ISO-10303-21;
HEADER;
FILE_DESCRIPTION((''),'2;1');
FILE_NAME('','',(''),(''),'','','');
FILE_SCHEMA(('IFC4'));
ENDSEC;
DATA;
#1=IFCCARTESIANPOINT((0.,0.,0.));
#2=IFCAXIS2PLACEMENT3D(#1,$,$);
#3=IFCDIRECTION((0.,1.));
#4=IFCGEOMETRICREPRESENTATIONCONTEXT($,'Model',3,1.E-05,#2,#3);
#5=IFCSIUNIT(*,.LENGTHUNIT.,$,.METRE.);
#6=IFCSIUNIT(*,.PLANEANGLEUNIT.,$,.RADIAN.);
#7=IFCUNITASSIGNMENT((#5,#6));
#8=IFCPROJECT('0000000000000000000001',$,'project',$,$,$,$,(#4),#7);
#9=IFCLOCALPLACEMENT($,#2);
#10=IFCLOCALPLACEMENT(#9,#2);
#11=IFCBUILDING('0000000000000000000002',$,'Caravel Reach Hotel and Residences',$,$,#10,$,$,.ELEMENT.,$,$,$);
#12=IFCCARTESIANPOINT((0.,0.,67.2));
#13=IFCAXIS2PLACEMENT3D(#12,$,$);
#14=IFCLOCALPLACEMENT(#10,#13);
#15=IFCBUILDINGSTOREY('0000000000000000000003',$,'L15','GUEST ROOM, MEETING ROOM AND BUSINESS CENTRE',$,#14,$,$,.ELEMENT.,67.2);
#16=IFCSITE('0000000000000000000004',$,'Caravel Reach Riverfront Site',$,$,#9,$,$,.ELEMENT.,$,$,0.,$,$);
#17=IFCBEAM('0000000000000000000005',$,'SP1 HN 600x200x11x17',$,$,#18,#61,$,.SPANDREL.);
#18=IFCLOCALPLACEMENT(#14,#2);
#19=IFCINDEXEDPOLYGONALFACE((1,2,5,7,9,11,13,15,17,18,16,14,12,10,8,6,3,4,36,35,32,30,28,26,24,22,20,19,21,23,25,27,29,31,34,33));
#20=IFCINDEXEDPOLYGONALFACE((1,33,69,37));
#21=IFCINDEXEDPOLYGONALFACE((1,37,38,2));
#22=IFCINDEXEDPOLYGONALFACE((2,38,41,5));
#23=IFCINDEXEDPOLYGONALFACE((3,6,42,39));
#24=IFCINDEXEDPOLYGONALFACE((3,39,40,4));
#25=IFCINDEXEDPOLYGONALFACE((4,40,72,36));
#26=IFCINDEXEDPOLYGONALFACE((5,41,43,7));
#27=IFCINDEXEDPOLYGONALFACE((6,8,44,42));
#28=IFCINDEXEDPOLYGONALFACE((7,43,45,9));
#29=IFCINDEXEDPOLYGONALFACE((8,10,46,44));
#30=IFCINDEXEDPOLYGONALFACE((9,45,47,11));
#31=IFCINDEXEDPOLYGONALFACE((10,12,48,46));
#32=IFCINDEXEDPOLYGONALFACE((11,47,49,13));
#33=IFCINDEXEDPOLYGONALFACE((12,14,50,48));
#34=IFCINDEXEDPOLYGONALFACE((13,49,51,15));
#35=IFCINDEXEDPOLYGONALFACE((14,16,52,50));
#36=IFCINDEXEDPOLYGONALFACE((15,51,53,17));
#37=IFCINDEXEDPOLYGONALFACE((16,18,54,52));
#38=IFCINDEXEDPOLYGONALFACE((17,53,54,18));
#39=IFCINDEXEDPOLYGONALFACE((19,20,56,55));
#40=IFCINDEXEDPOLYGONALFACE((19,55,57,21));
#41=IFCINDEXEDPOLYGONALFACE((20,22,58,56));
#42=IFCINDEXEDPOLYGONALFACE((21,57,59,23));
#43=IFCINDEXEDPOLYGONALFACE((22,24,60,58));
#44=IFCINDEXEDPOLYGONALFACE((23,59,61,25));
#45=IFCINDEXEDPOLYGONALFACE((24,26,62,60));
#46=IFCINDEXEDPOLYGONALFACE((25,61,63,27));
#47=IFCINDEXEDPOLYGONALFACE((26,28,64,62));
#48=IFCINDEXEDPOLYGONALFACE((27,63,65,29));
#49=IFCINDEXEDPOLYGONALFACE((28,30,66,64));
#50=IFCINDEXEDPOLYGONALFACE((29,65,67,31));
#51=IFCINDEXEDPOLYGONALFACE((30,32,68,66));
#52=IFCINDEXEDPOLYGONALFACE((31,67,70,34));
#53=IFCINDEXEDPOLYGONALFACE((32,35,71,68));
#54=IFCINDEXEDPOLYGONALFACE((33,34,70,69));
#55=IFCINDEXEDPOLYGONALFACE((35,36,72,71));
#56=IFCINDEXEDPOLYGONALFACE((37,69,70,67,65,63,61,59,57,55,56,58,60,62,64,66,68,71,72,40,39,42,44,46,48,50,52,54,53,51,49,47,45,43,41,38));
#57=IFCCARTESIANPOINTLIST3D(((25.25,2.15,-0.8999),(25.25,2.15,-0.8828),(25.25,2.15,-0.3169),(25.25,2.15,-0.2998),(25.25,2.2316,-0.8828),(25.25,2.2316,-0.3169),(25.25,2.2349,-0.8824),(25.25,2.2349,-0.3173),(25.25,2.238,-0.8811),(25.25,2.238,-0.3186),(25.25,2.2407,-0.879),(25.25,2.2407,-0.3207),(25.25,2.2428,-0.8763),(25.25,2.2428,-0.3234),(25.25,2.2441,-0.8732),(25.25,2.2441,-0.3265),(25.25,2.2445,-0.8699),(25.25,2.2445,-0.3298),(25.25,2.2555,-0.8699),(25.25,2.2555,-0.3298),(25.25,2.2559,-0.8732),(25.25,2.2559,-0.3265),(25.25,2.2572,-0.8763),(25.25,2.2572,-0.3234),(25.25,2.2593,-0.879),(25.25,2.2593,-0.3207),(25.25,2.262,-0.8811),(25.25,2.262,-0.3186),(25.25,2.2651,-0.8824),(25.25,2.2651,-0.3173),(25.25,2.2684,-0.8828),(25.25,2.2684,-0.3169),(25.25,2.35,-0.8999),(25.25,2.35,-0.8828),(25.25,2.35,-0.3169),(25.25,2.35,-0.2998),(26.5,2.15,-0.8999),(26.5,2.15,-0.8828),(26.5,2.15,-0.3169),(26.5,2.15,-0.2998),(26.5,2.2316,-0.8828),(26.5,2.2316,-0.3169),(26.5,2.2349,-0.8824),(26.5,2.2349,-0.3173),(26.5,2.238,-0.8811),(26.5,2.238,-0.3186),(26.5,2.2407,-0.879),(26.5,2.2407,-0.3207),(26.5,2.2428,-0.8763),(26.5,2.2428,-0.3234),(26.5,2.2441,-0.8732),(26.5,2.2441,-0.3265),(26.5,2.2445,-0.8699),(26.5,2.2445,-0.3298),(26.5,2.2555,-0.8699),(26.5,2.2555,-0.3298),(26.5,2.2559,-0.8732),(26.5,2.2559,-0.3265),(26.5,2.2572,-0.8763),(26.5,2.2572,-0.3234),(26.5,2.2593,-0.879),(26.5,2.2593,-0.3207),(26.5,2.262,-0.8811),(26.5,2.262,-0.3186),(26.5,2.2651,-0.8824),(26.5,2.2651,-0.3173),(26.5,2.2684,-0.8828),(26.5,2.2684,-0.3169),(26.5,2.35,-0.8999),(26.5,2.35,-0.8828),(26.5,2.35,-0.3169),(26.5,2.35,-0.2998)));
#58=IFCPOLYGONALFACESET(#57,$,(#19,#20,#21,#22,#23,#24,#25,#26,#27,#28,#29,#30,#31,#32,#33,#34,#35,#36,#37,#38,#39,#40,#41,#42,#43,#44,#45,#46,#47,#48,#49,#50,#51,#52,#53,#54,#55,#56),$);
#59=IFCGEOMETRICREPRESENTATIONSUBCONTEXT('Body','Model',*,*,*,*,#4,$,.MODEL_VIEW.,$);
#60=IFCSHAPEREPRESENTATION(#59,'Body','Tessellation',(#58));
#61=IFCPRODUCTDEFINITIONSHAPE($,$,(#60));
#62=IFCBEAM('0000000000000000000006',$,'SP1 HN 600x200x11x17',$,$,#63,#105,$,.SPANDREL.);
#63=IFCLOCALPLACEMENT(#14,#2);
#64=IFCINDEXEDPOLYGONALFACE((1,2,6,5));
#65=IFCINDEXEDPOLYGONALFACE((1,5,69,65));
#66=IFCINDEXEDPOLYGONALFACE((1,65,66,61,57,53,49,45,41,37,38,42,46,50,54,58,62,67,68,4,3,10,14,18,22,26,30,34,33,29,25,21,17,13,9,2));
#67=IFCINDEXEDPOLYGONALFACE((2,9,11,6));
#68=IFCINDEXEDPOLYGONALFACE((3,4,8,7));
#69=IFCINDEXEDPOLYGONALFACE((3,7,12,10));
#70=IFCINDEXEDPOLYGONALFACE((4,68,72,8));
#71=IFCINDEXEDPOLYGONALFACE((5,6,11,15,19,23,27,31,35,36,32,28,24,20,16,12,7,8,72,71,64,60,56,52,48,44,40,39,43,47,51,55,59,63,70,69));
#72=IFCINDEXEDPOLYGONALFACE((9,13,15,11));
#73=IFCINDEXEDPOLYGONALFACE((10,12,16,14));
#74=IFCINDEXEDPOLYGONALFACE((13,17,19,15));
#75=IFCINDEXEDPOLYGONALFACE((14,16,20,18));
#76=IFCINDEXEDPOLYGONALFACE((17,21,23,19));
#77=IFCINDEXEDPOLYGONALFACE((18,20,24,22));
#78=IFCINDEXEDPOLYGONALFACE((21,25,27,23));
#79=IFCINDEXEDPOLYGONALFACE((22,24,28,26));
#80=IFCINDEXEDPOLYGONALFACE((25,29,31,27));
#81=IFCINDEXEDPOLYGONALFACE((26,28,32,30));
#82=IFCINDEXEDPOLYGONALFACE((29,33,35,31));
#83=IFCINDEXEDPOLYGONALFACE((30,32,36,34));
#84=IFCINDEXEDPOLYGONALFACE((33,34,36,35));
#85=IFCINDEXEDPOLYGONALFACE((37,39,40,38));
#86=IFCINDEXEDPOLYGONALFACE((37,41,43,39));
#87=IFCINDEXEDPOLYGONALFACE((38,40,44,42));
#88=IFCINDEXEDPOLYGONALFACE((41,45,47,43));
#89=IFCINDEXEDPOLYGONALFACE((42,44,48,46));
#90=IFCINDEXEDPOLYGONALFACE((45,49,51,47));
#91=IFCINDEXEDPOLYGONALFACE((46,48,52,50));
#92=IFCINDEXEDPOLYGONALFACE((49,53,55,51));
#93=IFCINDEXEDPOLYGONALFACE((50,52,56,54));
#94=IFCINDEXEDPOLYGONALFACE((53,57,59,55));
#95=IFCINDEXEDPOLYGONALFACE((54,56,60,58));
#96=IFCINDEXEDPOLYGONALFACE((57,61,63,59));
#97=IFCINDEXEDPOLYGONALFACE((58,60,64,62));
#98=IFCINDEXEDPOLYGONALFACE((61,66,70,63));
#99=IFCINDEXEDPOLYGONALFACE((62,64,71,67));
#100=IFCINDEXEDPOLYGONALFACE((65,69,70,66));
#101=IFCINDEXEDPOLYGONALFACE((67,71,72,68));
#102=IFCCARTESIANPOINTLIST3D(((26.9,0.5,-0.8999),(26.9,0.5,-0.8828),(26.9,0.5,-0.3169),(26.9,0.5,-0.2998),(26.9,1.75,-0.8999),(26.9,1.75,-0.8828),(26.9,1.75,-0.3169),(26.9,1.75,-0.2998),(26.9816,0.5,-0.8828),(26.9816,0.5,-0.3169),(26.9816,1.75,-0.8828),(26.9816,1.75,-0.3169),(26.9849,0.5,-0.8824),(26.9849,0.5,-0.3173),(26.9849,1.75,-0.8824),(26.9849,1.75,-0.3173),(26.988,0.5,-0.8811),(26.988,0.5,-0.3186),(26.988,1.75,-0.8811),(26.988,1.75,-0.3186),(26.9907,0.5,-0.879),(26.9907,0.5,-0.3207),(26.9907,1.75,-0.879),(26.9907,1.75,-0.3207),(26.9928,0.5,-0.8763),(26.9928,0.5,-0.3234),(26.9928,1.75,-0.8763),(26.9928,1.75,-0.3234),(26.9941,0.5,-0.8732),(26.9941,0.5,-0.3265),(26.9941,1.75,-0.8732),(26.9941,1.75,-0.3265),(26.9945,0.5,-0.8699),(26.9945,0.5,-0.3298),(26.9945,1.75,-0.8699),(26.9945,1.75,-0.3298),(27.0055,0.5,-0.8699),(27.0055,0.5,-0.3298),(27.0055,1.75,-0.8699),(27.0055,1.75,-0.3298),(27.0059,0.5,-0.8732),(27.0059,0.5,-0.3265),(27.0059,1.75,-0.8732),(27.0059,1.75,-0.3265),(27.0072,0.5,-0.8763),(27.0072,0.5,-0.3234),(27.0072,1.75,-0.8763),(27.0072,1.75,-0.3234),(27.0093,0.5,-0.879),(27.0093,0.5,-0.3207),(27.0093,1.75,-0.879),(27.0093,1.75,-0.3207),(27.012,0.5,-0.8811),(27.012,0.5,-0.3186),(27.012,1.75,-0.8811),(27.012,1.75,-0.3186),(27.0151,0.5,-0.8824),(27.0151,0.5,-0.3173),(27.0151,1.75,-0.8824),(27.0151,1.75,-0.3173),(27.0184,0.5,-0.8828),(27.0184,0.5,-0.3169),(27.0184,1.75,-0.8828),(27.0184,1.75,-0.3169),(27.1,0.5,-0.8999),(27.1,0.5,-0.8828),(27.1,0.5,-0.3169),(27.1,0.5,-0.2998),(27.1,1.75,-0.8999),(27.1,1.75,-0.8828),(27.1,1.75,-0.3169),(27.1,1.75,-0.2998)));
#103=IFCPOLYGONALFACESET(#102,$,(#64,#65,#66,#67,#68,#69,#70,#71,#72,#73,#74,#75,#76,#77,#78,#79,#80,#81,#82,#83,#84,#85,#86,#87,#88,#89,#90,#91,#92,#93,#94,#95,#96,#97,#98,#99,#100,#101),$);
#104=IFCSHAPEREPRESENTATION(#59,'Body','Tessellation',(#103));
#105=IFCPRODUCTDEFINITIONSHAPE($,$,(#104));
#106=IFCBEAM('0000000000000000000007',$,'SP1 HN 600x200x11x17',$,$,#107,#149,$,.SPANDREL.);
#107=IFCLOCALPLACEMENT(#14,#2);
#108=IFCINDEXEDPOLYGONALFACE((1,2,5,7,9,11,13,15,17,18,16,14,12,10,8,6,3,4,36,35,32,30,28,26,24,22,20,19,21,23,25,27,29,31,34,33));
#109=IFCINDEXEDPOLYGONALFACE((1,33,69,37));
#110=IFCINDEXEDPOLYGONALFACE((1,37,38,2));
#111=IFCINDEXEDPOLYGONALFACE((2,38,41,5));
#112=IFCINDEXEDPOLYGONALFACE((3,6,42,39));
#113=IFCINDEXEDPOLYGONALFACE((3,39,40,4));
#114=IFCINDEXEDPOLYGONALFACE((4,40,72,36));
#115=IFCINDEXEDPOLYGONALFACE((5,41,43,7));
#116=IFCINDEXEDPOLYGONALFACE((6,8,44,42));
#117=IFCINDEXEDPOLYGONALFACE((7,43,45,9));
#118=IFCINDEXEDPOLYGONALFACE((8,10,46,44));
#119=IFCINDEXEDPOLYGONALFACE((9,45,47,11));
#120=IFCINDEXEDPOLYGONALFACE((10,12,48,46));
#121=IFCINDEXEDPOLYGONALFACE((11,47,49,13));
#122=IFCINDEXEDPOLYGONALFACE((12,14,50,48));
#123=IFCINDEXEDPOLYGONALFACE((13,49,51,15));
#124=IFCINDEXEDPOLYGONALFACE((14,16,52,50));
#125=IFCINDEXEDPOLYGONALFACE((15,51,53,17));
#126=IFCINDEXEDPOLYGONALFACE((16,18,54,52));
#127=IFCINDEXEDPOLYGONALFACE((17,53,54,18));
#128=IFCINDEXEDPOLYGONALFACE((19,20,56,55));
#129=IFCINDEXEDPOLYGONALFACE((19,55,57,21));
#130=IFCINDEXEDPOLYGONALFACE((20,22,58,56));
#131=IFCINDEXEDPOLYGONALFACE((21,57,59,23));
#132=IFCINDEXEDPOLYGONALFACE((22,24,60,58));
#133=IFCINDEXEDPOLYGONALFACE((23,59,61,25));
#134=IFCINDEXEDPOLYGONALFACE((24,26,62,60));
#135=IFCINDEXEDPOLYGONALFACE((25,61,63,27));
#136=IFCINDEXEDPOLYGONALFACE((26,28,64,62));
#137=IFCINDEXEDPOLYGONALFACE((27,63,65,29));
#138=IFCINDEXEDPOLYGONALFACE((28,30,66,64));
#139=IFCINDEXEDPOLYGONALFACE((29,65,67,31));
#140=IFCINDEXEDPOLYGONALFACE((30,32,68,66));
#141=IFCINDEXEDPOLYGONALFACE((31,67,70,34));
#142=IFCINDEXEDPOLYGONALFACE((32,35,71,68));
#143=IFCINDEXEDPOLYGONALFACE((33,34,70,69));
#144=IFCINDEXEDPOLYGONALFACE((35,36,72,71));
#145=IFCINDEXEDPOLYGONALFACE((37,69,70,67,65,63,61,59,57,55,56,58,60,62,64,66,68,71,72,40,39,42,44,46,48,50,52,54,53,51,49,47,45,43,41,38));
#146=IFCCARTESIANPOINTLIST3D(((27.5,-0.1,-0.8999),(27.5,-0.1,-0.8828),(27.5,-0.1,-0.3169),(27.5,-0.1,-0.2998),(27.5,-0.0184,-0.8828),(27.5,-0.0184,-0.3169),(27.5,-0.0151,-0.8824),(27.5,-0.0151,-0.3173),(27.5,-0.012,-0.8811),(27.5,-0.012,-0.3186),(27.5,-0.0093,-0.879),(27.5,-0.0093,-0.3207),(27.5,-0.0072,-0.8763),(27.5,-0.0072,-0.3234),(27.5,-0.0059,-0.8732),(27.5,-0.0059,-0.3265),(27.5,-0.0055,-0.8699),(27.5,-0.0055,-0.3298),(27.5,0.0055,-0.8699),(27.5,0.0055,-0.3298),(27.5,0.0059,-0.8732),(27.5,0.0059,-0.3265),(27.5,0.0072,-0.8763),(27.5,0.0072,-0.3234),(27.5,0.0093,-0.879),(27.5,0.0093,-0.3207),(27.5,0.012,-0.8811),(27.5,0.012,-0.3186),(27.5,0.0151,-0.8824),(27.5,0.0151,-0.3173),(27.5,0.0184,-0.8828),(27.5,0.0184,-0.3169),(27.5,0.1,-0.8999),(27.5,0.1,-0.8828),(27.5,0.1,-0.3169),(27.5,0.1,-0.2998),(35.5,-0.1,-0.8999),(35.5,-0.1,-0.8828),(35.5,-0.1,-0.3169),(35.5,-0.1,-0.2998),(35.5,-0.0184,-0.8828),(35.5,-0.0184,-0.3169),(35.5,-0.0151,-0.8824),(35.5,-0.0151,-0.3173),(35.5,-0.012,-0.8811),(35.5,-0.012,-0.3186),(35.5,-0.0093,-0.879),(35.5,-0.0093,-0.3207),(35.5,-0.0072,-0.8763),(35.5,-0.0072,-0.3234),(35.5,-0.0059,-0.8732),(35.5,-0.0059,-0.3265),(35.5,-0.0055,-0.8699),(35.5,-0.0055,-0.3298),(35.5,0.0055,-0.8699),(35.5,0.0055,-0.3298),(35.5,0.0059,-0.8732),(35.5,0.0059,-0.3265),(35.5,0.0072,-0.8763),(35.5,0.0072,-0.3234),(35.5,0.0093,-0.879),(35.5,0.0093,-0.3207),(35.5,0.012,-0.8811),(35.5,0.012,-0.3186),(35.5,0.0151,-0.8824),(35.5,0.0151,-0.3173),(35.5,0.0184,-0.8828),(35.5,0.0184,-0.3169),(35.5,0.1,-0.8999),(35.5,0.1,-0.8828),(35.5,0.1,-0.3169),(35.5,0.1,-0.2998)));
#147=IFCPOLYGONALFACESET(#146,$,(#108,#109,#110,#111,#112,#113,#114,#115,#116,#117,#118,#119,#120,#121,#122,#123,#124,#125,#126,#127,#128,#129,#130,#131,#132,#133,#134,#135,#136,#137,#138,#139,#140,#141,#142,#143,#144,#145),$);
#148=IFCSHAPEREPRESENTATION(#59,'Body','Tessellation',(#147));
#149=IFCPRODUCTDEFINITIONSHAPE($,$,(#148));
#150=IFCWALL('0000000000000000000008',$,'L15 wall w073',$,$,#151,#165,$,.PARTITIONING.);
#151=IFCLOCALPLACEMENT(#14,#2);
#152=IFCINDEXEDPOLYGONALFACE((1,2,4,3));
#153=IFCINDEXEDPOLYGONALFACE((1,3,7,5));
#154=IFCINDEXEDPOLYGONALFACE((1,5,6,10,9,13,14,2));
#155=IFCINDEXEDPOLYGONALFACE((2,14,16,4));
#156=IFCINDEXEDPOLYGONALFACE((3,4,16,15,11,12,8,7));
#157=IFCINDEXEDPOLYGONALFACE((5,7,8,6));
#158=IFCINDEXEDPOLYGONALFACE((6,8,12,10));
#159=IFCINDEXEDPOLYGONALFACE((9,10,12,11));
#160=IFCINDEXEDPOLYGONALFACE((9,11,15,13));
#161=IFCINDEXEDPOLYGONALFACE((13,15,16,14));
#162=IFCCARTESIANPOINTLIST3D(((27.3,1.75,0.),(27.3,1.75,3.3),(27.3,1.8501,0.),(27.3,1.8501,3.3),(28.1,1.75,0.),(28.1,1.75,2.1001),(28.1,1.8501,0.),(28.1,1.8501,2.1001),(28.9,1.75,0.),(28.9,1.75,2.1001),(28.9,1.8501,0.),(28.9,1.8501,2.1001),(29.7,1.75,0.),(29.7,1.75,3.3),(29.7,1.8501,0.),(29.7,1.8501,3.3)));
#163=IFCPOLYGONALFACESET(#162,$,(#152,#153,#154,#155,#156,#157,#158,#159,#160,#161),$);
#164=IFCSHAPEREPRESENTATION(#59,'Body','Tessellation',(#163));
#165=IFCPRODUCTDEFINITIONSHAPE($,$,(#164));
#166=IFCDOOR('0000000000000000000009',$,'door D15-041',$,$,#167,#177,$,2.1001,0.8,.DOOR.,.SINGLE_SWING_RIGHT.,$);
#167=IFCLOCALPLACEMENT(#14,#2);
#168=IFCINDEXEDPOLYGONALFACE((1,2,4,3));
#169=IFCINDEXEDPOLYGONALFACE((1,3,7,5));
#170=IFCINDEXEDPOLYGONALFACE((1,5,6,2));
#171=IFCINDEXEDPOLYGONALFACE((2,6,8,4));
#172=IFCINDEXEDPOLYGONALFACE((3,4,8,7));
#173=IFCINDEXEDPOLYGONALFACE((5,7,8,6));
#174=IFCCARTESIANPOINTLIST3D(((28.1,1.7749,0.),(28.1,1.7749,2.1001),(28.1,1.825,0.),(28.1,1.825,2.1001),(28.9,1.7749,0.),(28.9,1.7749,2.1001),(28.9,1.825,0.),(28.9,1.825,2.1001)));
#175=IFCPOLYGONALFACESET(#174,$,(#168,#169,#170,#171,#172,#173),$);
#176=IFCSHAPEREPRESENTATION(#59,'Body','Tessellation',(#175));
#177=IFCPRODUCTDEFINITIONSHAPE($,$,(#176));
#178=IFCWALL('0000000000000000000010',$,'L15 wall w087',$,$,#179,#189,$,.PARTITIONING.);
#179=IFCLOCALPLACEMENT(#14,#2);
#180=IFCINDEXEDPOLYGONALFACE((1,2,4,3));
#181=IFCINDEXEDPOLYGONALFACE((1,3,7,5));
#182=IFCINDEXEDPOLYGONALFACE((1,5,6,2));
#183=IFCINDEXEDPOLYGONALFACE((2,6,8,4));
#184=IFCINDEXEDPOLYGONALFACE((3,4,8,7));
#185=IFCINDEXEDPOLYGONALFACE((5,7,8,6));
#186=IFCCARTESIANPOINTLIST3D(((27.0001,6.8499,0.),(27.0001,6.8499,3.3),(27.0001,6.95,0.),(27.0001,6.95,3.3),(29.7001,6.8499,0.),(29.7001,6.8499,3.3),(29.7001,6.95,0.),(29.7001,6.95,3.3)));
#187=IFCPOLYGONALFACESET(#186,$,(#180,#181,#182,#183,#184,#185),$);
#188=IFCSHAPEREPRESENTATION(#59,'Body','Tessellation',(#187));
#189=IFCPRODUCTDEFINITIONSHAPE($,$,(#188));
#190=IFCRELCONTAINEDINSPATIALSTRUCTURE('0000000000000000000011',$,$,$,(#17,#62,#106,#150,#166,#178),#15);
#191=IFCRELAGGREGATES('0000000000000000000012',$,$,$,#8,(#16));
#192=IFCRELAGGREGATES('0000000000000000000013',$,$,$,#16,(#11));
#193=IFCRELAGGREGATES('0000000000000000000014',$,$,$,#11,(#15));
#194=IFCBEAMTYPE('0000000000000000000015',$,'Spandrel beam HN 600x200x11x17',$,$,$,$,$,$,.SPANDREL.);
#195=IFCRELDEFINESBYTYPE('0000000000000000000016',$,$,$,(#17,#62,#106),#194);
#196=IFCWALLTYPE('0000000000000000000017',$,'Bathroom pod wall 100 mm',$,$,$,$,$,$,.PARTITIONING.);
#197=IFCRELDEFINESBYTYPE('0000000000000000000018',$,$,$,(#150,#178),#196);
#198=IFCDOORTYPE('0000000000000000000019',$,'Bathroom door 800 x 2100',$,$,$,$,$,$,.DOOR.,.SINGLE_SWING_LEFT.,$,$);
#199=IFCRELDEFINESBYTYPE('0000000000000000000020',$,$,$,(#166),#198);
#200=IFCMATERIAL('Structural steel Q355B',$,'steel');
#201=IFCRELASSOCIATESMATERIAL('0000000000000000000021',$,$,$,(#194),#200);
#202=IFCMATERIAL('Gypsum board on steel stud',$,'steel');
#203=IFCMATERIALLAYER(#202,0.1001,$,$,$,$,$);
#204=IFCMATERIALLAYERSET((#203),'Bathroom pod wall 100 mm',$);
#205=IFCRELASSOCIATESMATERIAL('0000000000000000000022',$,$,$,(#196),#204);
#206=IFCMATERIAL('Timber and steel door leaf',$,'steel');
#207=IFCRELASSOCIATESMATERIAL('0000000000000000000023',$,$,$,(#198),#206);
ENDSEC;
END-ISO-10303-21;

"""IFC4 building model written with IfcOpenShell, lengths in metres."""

from ifc_helpers import new_model, si_unit, direction, frame, frame_2d, origin, origin_2d, place, context, subcontext, project, spatial, rectangle, i_section, extrude, material, layer, layer_set, material_profile, profile_set, type_object, element, fill, save


model = new_model("IFC4")

# Units and contexts
model_context = context("Model", 3, precision=1e-05, world=origin(), true_north=direction((0.0, 1.0)))
body_context = subcontext(model_context, "Body", "Model", "MODEL_VIEW")
ifc_project = project(units=[si_unit("LENGTHUNIT", "METRE"), si_unit("PLANEANGLEUNIT", "RADIAN")], contexts=[model_context])

# Site, building, storey
site_placement = place(None, origin())
site = spatial("IfcSite", under=ifc_project, at=site_placement, Name="Caravel Reach Riverfront Site", CompositionType="ELEMENT", RefElevation=0.0)
building_placement = place(site_placement, origin())
building = spatial("IfcBuilding", under=site, at=building_placement, Name="Caravel Reach Hotel and Residences", CompositionType="ELEMENT")
storey_placement = place(building_placement, frame((0.0, 0.0, 67.2)))
storey = spatial("IfcBuildingStorey", under=building, at=storey_placement, Name="L15", Description="GUEST ROOM, MEETING ROOM AND BUSINESS CENTRE", CompositionType="ELEMENT", Elevation=67.2)

# Beams
ifc_material_1 = material(Name="Structural steel Q355B", Category="steel")
ifc_material_profile_1 = material_profile(ifc_material_1, i_section(OverallWidth=0.2, OverallDepth=0.6001, WebThickness=0.011, FlangeThickness=0.0171, FilletRadius=0.0129, at=origin_2d()), Name="HN 600x200x11x17")
ifc_profile_set_1 = profile_set([ifc_material_profile_1], Name="Structural steel Q355B")
beam_type = type_object("IfcBeamType", Name="Spandrel beam HN 600x200x11x17", PredefinedType="SPANDREL", material=ifc_profile_set_1)
for number, where, z_axis, x_axis, name in (
    (1, (25.25, 2.25, -0.5999), (1.0, 0.0, 0.0), (0.0, 1.0, 0.0), "SP1 HN 600x200x11x17"),
    (2, (27.0, 1.75, -0.5999), (0.0, -1.0, 0.0), (1.0, 0.0, 0.0), "SP1 HN 600x200x11x17"),
):
    element("IfcBeam", number, at=place(storey_placement, frame(where, z_axis=z_axis, x_axis=x_axis)), inside=storey, type_object=beam_type, Name=name, PredefinedType="SPANDREL", context=body_context, shape_type="SweptSolid", body=[
        extrude(i_section(OverallWidth=0.2, OverallDepth=0.6001, WebThickness=0.011, FlangeThickness=0.0171, FilletRadius=0.0129, at=origin_2d()), origin(), (0.0, 0.0, 1.0), 1.25),
    ])
beam_placement = place(storey_placement, frame((27.5, 0.0, -0.5999), z_axis=(1.0, 0.0, 0.0), x_axis=(0.0, 1.0, 0.0)))
element("IfcBeam", 3, at=beam_placement, inside=storey, type_object=beam_type, Name="SP1 HN 600x200x11x17", PredefinedType="SPANDREL", context=body_context, shape_type="SweptSolid", body=[
    extrude(i_section(OverallWidth=0.2, OverallDepth=0.6001, WebThickness=0.011, FlangeThickness=0.0171, FilletRadius=0.0129, at=origin_2d()), origin(), (0.0, 0.0, 1.0), 8.0),
])

# Wall, opening, door
ifc_material_2 = material(Name="Gypsum board on steel stud", Category="steel")
ifc_layer_1 = layer(ifc_material_2, 0.1001)
ifc_layer_set_1 = layer_set([ifc_layer_1], Name="Bathroom pod wall 100 mm")
wall_type_1 = type_object("IfcWallType", Name="Bathroom pod wall 100 mm", PredefinedType="PARTITIONING", material=ifc_layer_set_1)
wall_1_placement = place(storey_placement, frame((27.3, 1.8, 0.0), z_axis=(0.0, 0.0, 1.0), x_axis=(1.0, 0.0, 0.0)))
wall_1 = element("IfcWall", 4, at=wall_1_placement, inside=storey, type_object=wall_type_1, Name="L15 wall w073", PredefinedType="PARTITIONING", context=body_context, shape_type="SweptSolid", body=[
    extrude(rectangle(XDim=2.3999, YDim=0.1001, at=frame_2d((1.2, 0.0))), origin(), (0.0, 0.0, 1.0), 3.3),
])
opening_1_placement = place(wall_1_placement, frame((0.8, 0.0, 0.0)))
opening_1 = element("IfcOpeningElement", 5, at=opening_1_placement, cuts=wall_1, PredefinedType="OPENING", context=body_context, shape_type="SweptSolid", body=[
    extrude(rectangle(XDim=0.8, YDim=2.1001, at=frame_2d((0.3999, 1.05))), frame((0.0, 0.0601, 0.0), z_axis=(0.0, -1.0, 0.0), x_axis=(1.0, 0.0, 0.0)), (0.0, 0.0, 1.0), 0.1201),
])
ifc_material_3 = material(Name="Timber and steel door leaf", Category="steel")
door_type_1 = type_object("IfcDoorType", Name="Bathroom door 800 x 2100", OperationType="SINGLE_SWING_LEFT", PredefinedType="DOOR", material=ifc_material_3)
door_1_placement = place(opening_1_placement, origin())
door_1 = element("IfcDoor", 6, at=door_1_placement, inside=storey, type_object=door_type_1, Name="door D15-041", OperationType="SINGLE_SWING_RIGHT", OverallHeight=2.1001, OverallWidth=0.8, PredefinedType="DOOR", context=body_context, shape_type="SweptSolid", body=[
    extrude(rectangle(XDim=0.8, YDim=2.1001, at=frame_2d((0.3999, 1.05))), frame((0.0, 0.0249, 0.0), z_axis=(0.0, -1.0, 0.0), x_axis=(1.0, 0.0, 0.0)), (0.0, 0.0, 1.0), 0.05),
])
fill(opening_1, door_1)

# Wall
wall_2_placement = place(storey_placement, frame((27.0, 6.8999, 0.0), z_axis=(0.0, 0.0, 1.0), x_axis=(1.0, 0.0, 0.0)))
element("IfcWall", 7, at=wall_2_placement, inside=storey, type_object=wall_type_1, Name="L15 wall w087", PredefinedType="PARTITIONING", context=body_context, shape_type="SweptSolid", body=[
    extrude(rectangle(XDim=2.7, YDim=0.1001, at=frame_2d((1.3501, 0.0))), origin(), (0.0, 0.0, 1.0), 3.3),
])

save(model, "model.ifc")
